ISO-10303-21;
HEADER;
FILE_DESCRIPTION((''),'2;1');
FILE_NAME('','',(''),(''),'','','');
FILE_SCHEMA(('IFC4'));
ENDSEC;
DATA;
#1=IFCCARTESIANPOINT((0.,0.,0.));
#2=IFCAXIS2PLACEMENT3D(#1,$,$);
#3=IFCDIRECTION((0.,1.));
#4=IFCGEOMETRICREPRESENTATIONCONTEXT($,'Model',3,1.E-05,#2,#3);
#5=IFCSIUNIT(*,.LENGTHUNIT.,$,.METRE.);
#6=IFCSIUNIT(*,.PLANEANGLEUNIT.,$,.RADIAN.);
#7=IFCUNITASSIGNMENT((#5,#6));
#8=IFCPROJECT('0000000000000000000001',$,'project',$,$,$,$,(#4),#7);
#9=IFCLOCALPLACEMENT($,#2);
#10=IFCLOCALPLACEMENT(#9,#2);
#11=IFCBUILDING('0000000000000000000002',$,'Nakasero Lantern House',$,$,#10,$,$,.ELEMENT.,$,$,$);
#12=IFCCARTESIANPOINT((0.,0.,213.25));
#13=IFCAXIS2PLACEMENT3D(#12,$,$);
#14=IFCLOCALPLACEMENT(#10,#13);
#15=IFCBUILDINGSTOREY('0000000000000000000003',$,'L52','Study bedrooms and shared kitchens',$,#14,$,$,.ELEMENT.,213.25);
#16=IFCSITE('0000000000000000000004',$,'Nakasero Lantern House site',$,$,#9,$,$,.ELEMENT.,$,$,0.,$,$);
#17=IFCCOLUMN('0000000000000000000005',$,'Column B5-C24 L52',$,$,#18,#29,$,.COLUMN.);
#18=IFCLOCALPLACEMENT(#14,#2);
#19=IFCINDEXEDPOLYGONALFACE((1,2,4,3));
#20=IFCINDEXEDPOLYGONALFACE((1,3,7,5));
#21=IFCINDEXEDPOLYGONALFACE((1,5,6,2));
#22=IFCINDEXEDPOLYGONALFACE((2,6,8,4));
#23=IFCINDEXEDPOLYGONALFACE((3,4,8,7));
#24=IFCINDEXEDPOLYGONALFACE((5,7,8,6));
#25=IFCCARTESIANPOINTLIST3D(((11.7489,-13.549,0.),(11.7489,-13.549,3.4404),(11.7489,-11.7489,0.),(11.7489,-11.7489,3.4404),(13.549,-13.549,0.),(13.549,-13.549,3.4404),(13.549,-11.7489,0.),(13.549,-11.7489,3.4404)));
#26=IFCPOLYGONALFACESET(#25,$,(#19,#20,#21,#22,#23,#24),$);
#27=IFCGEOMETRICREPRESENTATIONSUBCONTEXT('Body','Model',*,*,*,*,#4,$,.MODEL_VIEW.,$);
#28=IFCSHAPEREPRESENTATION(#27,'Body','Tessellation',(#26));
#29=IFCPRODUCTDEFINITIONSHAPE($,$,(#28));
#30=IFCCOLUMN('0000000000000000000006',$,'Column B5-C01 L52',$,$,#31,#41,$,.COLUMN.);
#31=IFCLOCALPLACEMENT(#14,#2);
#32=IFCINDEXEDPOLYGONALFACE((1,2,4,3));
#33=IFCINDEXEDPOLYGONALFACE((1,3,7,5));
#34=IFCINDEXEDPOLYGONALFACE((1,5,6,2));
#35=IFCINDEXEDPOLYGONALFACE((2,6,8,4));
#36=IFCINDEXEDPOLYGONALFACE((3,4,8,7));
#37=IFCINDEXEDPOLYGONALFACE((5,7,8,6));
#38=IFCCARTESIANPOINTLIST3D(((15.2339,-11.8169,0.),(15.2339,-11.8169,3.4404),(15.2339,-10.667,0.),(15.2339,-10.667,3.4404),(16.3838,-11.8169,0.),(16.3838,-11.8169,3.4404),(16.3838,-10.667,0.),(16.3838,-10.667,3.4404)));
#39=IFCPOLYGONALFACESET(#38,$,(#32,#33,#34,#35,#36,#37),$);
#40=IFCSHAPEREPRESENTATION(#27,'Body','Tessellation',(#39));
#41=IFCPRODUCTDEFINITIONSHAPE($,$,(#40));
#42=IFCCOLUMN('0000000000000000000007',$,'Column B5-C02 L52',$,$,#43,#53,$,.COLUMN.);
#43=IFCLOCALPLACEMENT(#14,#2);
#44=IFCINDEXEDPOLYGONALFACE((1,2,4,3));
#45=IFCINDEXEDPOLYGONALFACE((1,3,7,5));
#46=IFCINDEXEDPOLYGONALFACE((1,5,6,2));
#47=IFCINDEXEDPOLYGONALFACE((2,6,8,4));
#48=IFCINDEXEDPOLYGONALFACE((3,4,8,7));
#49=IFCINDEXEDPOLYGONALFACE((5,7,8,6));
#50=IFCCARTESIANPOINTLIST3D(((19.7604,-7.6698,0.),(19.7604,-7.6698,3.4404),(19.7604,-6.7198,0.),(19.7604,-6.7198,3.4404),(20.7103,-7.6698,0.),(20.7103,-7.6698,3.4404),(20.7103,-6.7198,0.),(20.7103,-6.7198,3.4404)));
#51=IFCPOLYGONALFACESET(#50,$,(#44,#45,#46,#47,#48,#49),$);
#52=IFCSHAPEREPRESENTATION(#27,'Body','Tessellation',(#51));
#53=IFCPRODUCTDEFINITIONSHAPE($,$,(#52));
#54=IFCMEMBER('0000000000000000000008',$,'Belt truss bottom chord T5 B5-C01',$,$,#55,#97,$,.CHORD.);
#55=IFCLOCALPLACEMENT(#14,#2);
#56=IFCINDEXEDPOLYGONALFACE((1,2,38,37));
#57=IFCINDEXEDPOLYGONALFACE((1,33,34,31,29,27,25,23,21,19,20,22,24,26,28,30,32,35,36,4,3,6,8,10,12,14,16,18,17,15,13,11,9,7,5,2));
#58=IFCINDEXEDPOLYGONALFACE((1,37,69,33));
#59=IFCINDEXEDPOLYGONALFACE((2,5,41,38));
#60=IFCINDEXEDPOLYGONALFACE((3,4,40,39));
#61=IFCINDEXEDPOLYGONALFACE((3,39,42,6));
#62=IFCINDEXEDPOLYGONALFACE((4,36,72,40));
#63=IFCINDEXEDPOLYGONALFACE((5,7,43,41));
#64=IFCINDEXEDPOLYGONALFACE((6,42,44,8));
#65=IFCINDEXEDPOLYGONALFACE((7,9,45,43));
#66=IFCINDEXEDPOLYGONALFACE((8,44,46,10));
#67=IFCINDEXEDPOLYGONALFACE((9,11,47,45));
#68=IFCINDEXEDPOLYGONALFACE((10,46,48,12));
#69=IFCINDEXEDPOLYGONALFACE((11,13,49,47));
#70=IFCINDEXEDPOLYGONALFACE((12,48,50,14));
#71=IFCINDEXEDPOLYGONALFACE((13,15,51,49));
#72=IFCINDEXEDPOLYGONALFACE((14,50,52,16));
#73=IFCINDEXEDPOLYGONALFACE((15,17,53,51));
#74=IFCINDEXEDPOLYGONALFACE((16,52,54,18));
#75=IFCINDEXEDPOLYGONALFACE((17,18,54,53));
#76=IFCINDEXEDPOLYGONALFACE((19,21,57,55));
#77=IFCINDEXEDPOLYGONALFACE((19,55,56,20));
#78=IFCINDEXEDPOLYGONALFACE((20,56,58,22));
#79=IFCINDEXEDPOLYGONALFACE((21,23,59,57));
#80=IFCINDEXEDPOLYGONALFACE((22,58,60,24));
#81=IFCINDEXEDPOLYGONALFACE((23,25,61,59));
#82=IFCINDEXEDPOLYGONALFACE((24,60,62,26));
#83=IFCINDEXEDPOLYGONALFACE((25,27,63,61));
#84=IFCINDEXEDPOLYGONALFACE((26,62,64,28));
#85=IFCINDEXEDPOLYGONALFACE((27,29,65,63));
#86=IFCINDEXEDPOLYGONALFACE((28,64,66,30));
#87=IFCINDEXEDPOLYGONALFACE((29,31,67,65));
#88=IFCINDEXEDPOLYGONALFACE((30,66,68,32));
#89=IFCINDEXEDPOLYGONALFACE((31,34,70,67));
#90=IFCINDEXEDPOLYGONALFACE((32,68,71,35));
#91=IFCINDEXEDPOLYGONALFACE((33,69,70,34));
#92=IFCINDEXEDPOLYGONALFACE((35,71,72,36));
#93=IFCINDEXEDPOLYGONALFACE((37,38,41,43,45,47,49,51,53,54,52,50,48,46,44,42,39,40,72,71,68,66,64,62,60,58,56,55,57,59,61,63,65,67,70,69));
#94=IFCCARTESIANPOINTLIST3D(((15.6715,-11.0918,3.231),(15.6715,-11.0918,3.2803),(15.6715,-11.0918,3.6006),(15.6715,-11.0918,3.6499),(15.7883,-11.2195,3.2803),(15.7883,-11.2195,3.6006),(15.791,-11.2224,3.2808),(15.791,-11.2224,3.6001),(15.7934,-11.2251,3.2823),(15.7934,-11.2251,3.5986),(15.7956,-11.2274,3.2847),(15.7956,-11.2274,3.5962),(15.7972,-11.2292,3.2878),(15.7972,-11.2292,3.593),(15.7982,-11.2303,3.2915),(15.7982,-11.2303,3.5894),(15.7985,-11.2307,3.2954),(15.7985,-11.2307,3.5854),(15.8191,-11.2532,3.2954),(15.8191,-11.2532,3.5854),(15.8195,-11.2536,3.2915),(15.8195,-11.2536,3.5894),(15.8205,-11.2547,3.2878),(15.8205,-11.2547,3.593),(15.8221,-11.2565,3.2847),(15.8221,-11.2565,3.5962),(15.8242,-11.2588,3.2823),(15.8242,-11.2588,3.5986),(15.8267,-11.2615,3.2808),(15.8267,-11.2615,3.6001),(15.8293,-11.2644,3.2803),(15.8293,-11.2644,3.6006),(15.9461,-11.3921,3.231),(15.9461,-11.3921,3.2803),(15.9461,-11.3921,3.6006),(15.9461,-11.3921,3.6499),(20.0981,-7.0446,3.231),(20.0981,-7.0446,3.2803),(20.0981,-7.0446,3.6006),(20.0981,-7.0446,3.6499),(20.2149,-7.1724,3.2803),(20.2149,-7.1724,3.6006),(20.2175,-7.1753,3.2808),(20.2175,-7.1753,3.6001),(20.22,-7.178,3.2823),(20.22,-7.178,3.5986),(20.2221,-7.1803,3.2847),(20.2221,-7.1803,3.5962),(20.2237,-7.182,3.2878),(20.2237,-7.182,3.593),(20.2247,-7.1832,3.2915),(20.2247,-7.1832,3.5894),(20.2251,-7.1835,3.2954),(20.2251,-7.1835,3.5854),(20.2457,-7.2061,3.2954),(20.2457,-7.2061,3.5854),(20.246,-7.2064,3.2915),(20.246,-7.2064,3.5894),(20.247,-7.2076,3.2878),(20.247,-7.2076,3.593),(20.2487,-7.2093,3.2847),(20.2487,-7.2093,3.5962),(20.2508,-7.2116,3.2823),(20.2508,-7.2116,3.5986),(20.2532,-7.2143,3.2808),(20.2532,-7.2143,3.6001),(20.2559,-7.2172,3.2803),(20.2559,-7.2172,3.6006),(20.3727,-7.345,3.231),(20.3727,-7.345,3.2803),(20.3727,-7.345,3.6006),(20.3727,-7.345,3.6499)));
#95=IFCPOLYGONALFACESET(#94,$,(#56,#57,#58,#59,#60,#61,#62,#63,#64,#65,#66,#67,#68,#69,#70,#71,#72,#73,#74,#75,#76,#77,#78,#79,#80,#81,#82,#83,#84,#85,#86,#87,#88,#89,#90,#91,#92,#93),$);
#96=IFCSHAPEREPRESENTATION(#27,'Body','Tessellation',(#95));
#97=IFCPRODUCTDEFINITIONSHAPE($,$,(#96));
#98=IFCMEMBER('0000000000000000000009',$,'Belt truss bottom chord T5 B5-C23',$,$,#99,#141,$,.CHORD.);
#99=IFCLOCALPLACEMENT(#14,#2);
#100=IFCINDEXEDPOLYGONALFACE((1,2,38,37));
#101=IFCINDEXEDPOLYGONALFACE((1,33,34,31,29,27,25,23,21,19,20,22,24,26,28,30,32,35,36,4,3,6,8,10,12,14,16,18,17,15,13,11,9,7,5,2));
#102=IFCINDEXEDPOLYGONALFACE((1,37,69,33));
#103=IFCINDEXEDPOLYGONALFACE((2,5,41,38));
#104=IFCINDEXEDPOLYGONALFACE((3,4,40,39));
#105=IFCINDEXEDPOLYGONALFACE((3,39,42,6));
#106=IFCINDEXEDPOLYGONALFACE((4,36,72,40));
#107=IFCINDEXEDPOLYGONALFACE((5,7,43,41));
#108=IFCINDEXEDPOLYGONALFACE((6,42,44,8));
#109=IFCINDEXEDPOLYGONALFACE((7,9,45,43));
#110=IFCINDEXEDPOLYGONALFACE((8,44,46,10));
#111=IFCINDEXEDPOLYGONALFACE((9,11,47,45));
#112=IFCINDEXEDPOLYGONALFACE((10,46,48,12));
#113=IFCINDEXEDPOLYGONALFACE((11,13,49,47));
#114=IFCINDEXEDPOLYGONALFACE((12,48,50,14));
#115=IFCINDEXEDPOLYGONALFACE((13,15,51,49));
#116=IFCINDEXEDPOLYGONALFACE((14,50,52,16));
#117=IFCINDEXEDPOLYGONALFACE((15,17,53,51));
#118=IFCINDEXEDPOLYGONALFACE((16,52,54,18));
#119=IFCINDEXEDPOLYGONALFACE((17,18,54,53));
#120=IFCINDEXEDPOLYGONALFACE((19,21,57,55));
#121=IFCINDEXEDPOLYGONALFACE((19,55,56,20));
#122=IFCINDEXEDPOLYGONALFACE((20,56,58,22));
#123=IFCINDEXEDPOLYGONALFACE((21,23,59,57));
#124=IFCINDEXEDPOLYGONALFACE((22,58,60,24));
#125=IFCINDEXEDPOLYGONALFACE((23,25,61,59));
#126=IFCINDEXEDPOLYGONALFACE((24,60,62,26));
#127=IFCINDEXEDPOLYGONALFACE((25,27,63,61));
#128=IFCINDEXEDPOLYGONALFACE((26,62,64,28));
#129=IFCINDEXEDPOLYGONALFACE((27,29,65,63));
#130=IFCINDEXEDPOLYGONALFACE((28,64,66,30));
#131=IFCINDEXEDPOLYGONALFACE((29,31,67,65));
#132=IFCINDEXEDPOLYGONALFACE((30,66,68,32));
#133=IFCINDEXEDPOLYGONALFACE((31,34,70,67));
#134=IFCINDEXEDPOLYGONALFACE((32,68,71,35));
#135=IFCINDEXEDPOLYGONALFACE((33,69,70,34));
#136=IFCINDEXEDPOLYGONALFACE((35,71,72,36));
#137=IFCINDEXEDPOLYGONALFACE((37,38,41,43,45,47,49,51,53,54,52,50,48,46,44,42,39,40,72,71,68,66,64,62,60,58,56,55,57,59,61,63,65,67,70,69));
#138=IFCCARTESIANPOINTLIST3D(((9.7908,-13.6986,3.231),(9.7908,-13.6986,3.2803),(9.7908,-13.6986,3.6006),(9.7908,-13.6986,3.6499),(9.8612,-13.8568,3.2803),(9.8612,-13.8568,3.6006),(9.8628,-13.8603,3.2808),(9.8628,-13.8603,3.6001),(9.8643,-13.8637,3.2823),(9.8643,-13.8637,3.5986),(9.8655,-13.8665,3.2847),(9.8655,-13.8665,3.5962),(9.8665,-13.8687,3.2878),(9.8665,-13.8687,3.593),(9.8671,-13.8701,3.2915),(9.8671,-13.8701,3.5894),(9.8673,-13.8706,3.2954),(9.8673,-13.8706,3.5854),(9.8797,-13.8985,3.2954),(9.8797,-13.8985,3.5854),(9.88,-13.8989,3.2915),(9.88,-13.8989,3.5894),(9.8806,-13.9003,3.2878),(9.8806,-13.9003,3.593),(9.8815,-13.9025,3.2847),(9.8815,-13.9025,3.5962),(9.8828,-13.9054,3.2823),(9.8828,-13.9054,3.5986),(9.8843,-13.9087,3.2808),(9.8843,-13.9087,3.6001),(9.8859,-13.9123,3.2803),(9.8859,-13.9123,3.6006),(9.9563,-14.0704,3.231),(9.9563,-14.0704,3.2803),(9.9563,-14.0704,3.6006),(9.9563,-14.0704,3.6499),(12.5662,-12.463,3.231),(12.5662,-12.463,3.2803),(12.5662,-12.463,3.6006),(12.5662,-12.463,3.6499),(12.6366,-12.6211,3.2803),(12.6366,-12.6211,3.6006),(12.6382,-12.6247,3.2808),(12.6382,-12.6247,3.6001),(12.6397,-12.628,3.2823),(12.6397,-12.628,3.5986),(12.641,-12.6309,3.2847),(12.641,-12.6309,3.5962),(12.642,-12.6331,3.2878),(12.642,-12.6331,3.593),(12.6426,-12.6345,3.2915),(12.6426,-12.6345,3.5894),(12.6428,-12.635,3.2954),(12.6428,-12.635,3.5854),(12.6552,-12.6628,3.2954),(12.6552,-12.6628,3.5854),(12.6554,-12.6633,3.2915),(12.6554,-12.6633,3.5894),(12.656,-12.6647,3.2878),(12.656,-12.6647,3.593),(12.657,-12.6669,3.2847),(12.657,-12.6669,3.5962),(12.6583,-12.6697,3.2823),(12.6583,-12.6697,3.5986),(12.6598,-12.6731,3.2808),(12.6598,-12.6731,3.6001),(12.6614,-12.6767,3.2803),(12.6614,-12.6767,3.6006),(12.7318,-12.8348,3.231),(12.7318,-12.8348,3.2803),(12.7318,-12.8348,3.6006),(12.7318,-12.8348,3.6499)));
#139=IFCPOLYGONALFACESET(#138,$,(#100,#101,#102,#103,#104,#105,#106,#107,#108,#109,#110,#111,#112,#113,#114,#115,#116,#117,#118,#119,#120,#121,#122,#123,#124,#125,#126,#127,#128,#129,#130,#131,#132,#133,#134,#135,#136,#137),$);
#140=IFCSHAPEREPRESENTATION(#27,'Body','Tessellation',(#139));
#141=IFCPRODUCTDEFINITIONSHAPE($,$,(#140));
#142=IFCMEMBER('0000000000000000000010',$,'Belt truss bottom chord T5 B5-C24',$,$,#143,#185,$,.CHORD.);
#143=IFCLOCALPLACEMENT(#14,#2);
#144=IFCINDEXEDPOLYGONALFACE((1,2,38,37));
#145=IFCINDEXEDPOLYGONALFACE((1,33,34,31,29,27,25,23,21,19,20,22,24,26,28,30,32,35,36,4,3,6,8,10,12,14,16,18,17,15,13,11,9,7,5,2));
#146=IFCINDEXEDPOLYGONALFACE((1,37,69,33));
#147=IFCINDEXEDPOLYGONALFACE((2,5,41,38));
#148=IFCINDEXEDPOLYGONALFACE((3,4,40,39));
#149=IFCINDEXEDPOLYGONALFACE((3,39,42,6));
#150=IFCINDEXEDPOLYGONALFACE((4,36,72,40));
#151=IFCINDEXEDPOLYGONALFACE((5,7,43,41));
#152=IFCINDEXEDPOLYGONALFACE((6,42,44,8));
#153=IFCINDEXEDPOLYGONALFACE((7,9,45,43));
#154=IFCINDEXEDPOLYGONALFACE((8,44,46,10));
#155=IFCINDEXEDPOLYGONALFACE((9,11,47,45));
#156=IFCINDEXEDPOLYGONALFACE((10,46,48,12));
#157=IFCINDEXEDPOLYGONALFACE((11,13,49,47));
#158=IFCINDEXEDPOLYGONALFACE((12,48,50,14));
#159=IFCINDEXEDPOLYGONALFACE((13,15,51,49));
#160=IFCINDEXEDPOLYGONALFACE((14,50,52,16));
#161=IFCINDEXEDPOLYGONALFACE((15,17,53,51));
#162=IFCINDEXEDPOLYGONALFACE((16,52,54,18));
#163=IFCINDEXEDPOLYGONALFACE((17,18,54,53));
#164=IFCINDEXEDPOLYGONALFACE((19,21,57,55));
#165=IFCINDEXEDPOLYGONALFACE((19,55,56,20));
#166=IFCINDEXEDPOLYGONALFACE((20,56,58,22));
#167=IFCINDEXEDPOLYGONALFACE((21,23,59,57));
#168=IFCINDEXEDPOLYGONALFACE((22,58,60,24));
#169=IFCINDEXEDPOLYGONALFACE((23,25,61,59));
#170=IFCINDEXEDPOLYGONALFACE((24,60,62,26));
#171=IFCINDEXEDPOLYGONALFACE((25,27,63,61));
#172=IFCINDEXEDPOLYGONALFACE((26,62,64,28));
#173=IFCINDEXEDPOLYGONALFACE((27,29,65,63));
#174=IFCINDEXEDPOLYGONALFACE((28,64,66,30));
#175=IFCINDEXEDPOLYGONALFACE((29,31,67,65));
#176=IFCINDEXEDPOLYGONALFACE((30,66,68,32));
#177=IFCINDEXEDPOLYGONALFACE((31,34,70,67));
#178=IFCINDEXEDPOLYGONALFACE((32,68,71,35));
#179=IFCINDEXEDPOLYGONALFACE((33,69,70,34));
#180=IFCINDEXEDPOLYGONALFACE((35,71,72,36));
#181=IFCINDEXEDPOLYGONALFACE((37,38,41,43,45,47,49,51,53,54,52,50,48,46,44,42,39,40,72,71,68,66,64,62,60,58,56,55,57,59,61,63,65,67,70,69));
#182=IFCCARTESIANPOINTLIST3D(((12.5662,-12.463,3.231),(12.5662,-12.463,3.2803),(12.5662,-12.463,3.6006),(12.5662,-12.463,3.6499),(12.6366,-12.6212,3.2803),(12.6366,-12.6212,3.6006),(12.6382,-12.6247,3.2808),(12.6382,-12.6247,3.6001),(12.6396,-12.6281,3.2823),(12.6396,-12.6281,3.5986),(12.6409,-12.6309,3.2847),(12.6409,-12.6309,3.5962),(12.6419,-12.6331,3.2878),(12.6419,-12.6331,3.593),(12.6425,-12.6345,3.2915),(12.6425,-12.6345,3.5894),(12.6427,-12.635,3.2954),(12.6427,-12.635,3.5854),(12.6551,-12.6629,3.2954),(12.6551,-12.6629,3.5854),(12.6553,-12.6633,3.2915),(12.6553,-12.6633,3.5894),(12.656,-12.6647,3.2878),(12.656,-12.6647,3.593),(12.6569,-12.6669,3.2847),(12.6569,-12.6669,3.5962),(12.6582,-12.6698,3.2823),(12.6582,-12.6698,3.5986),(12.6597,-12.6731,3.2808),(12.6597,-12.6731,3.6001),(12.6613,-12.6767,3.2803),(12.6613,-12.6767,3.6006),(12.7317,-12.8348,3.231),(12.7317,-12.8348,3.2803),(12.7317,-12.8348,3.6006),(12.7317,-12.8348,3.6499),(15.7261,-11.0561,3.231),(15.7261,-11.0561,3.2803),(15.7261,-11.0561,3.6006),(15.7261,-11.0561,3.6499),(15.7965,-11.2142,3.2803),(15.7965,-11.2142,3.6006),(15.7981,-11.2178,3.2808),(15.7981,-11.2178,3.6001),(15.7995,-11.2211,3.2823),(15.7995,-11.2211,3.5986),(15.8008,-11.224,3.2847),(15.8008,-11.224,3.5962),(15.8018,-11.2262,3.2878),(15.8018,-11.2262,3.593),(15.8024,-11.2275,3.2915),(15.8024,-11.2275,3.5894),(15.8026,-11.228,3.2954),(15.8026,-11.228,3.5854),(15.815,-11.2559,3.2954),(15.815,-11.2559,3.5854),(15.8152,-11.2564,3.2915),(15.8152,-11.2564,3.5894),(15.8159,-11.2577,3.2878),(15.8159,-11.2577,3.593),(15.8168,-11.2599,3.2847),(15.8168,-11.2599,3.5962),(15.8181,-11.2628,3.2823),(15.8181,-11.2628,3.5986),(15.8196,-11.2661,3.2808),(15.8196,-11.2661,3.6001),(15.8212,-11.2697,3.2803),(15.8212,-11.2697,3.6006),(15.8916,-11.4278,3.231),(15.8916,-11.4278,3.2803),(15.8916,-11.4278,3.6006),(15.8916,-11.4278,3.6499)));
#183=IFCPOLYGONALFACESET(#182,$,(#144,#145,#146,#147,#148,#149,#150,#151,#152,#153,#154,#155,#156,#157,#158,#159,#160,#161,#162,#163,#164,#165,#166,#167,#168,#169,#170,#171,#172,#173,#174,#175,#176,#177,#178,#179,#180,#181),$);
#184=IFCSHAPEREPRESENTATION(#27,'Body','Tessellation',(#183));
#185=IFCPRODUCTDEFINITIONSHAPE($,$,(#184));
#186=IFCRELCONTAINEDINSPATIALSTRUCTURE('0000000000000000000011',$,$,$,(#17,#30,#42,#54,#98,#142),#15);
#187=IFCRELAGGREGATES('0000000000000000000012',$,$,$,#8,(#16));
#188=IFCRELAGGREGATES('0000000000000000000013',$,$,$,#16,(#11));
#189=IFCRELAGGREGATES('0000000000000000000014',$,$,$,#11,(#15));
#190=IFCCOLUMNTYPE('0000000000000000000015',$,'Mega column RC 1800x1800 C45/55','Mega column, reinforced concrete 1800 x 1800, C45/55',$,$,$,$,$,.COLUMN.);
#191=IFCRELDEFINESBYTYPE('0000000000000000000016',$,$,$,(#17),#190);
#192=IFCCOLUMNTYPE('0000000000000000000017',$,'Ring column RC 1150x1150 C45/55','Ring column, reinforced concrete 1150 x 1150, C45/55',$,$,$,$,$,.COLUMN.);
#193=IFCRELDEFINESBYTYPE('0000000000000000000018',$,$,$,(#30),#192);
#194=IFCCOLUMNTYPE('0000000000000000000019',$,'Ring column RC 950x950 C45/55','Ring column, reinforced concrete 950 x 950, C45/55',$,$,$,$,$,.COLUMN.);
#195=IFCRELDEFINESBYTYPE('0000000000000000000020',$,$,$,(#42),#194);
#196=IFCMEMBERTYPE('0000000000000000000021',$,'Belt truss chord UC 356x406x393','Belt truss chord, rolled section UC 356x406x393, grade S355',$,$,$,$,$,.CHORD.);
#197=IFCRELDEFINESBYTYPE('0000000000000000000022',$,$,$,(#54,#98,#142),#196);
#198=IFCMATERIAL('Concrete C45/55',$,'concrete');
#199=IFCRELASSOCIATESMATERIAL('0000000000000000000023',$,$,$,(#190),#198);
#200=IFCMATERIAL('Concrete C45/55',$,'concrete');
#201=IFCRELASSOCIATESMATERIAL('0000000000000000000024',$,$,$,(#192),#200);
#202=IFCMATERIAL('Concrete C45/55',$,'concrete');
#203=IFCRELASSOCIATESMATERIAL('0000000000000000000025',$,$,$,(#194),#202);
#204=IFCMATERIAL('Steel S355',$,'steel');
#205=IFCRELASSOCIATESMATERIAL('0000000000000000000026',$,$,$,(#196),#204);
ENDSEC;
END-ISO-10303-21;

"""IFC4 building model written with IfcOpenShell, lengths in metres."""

from ifc_helpers import new_model, si_unit, direction, frame, origin, origin_2d, place, context, subcontext, project, spatial, rectangle, i_section, extrude, material, material_profile, profile_set, type_object, element, save


model = new_model("IFC4")

# Units and contexts
model_context = context("Model", 3, precision=1e-05, world=origin(), true_north=direction((0.0, 1.0)))
body_context = subcontext(model_context, "Body", "Model", "MODEL_VIEW")
ifc_project = project(units=[si_unit("LENGTHUNIT", "METRE"), si_unit("PLANEANGLEUNIT", "RADIAN")], contexts=[model_context])

# Site, building, storey
site_placement = place(None, origin())
site = spatial("IfcSite", under=ifc_project, at=site_placement, Name="Nakasero Lantern House site", CompositionType="ELEMENT", RefElevation=0.0)
building_placement = place(site_placement, origin())
building = spatial("IfcBuilding", under=site, at=building_placement, Name="Nakasero Lantern House", CompositionType="ELEMENT")
storey_placement = place(building_placement, frame((0.0, 0.0, 213.25)))
storey = spatial("IfcBuildingStorey", under=building, at=storey_placement, Name="L52", Description="Study bedrooms and shared kitchens", CompositionType="ELEMENT", Elevation=213.25)

# Columns
ifc_material_1 = material(Name="Concrete C45/55", Category="concrete")
ifc_material_profile_1 = material_profile(ifc_material_1, rectangle(XDim=1.8, YDim=1.8, at=origin_2d()), Name="RC 1800x1800")
ifc_profile_set_1 = profile_set([ifc_material_profile_1], Name="Concrete C45/55")
column_type_1 = type_object("IfcColumnType", Name="Mega column RC 1800x1800 C45/55", Description="Mega column, reinforced concrete 1800 x 1800, C45/55", PredefinedType="COLUMN", material=ifc_profile_set_1)
column_1_placement = place(storey_placement, frame((12.6489, -12.6489, 0.0), z_axis=(0.0, 0.0, 1.0), x_axis=(1.0, 0.0, 0.0)))
element("IfcColumn", 1, at=column_1_placement, inside=storey, type_object=column_type_1, Name="Column B5-C24 L52", PredefinedType="COLUMN", context=body_context, shape_type="SweptSolid", body=[
    extrude(rectangle(XDim=1.8, YDim=1.8, at=origin_2d()), origin(), (0.0, 0.0, 1.0), 3.4404),
])
ifc_material_2 = material(Name="Concrete C45/55", Category="concrete")
ifc_material_profile_2 = material_profile(ifc_material_2, rectangle(XDim=1.1499, YDim=1.1499, at=origin_2d()), Name="RC 1150x1150")
ifc_profile_set_2 = profile_set([ifc_material_profile_2], Name="Concrete C45/55")
column_type_2 = type_object("IfcColumnType", Name="Ring column RC 1150x1150 C45/55", Description="Ring column, reinforced concrete 1150 x 1150, C45/55", PredefinedType="COLUMN", material=ifc_profile_set_2)
column_2_placement = place(storey_placement, frame((15.8088, -11.2419, 0.0), z_axis=(0.0, 0.0, 1.0), x_axis=(1.0, 0.0, 0.0)))
element("IfcColumn", 2, at=column_2_placement, inside=storey, type_object=column_type_2, Name="Column B5-C01 L52", PredefinedType="COLUMN", context=body_context, shape_type="SweptSolid", body=[
    extrude(rectangle(XDim=1.1499, YDim=1.1499, at=origin_2d()), origin(), (0.0, 0.0, 1.0), 3.4404),
])
ifc_material_3 = material(Name="Concrete C45/55", Category="concrete")
ifc_material_profile_3 = material_profile(ifc_material_3, rectangle(XDim=0.95, YDim=0.95, at=origin_2d()), Name="RC 950x950")
ifc_profile_set_3 = profile_set([ifc_material_profile_3], Name="Concrete C45/55")
column_type_3 = type_object("IfcColumnType", Name="Ring column RC 950x950 C45/55", Description="Ring column, reinforced concrete 950 x 950, C45/55", PredefinedType="COLUMN", material=ifc_profile_set_3)
column_3_placement = place(storey_placement, frame((20.2354, -7.1948, 0.0), z_axis=(0.0, 0.0, 1.0), x_axis=(1.0, 0.0, 0.0)))
element("IfcColumn", 3, at=column_3_placement, inside=storey, type_object=column_type_3, Name="Column B5-C02 L52", PredefinedType="COLUMN", context=body_context, shape_type="SweptSolid", body=[
    extrude(rectangle(XDim=0.95, YDim=0.95, at=origin_2d()), origin(), (0.0, 0.0, 1.0), 3.4404),
])

# Members
ifc_material_4 = material(Name="Steel S355", Category="steel")
ifc_material_profile_4 = material_profile(ifc_material_4, i_section(OverallWidth=0.407, OverallDepth=0.4189, WebThickness=0.0305, FlangeThickness=0.0493, FilletRadius=0.0151, at=origin_2d()), Name="UC 356x406x393")
ifc_profile_set_4 = profile_set([ifc_material_profile_4], Name="Steel S355")
member_type_1 = type_object("IfcMemberType", Name="Belt truss chord UC 356x406x393", Description="Belt truss chord, rolled section UC 356x406x393, grade S355", PredefinedType="CHORD", material=ifc_profile_set_4)
member_1_placement = place(storey_placement, frame((15.8088, -11.2419, 3.4404), z_axis=(0.738027, 0.674771, 0.0), x_axis=(-0.674771, 0.738027, 0.0)))
element("IfcMember", 4, at=member_1_placement, inside=storey, type_object=member_type_1, Name="Belt truss bottom chord T5 B5-C01", PredefinedType="CHORD", context=body_context, shape_type="SweptSolid", body=[
    extrude(i_section(OverallWidth=0.407, OverallDepth=0.4189, WebThickness=0.0305, FlangeThickness=0.0493, FilletRadius=0.0151, at=origin_2d()), origin(), (0.0, 0.0, 1.0), 5.9978),
])
member_2_placement = place(storey_placement, frame((9.8735, -13.8845, 3.4404), z_axis=(0.913556, 0.406713, 0.0), x_axis=(-0.406713, 0.913556, 0.0)))
element("IfcMember", 5, at=member_2_placement, inside=storey, type_object=member_type_1, Name="Belt truss bottom chord T5 B5-C23", PredefinedType="CHORD", context=body_context, shape_type="SweptSolid", body=[
    extrude(i_section(OverallWidth=0.407, OverallDepth=0.4189, WebThickness=0.0305, FlangeThickness=0.0493, FilletRadius=0.0151, at=origin_2d()), origin(), (0.0, 0.0, 1.0), 3.0381),
])
member_3_placement = place(storey_placement, frame((12.6489, -12.6489, 3.4404), z_axis=(0.913535, 0.406761, 0.0), x_axis=(-0.406761, 0.913535, 0.0)))
element("IfcMember", 6, at=member_3_placement, inside=storey, type_object=member_type_1, Name="Belt truss bottom chord T5 B5-C24", PredefinedType="CHORD", context=body_context, shape_type="SweptSolid", body=[
    extrude(i_section(OverallWidth=0.407, OverallDepth=0.4189, WebThickness=0.0305, FlangeThickness=0.0493, FilletRadius=0.0151, at=origin_2d()), origin(), (0.0, 0.0, 1.0), 3.459),
])

save(model, "model.ifc")
